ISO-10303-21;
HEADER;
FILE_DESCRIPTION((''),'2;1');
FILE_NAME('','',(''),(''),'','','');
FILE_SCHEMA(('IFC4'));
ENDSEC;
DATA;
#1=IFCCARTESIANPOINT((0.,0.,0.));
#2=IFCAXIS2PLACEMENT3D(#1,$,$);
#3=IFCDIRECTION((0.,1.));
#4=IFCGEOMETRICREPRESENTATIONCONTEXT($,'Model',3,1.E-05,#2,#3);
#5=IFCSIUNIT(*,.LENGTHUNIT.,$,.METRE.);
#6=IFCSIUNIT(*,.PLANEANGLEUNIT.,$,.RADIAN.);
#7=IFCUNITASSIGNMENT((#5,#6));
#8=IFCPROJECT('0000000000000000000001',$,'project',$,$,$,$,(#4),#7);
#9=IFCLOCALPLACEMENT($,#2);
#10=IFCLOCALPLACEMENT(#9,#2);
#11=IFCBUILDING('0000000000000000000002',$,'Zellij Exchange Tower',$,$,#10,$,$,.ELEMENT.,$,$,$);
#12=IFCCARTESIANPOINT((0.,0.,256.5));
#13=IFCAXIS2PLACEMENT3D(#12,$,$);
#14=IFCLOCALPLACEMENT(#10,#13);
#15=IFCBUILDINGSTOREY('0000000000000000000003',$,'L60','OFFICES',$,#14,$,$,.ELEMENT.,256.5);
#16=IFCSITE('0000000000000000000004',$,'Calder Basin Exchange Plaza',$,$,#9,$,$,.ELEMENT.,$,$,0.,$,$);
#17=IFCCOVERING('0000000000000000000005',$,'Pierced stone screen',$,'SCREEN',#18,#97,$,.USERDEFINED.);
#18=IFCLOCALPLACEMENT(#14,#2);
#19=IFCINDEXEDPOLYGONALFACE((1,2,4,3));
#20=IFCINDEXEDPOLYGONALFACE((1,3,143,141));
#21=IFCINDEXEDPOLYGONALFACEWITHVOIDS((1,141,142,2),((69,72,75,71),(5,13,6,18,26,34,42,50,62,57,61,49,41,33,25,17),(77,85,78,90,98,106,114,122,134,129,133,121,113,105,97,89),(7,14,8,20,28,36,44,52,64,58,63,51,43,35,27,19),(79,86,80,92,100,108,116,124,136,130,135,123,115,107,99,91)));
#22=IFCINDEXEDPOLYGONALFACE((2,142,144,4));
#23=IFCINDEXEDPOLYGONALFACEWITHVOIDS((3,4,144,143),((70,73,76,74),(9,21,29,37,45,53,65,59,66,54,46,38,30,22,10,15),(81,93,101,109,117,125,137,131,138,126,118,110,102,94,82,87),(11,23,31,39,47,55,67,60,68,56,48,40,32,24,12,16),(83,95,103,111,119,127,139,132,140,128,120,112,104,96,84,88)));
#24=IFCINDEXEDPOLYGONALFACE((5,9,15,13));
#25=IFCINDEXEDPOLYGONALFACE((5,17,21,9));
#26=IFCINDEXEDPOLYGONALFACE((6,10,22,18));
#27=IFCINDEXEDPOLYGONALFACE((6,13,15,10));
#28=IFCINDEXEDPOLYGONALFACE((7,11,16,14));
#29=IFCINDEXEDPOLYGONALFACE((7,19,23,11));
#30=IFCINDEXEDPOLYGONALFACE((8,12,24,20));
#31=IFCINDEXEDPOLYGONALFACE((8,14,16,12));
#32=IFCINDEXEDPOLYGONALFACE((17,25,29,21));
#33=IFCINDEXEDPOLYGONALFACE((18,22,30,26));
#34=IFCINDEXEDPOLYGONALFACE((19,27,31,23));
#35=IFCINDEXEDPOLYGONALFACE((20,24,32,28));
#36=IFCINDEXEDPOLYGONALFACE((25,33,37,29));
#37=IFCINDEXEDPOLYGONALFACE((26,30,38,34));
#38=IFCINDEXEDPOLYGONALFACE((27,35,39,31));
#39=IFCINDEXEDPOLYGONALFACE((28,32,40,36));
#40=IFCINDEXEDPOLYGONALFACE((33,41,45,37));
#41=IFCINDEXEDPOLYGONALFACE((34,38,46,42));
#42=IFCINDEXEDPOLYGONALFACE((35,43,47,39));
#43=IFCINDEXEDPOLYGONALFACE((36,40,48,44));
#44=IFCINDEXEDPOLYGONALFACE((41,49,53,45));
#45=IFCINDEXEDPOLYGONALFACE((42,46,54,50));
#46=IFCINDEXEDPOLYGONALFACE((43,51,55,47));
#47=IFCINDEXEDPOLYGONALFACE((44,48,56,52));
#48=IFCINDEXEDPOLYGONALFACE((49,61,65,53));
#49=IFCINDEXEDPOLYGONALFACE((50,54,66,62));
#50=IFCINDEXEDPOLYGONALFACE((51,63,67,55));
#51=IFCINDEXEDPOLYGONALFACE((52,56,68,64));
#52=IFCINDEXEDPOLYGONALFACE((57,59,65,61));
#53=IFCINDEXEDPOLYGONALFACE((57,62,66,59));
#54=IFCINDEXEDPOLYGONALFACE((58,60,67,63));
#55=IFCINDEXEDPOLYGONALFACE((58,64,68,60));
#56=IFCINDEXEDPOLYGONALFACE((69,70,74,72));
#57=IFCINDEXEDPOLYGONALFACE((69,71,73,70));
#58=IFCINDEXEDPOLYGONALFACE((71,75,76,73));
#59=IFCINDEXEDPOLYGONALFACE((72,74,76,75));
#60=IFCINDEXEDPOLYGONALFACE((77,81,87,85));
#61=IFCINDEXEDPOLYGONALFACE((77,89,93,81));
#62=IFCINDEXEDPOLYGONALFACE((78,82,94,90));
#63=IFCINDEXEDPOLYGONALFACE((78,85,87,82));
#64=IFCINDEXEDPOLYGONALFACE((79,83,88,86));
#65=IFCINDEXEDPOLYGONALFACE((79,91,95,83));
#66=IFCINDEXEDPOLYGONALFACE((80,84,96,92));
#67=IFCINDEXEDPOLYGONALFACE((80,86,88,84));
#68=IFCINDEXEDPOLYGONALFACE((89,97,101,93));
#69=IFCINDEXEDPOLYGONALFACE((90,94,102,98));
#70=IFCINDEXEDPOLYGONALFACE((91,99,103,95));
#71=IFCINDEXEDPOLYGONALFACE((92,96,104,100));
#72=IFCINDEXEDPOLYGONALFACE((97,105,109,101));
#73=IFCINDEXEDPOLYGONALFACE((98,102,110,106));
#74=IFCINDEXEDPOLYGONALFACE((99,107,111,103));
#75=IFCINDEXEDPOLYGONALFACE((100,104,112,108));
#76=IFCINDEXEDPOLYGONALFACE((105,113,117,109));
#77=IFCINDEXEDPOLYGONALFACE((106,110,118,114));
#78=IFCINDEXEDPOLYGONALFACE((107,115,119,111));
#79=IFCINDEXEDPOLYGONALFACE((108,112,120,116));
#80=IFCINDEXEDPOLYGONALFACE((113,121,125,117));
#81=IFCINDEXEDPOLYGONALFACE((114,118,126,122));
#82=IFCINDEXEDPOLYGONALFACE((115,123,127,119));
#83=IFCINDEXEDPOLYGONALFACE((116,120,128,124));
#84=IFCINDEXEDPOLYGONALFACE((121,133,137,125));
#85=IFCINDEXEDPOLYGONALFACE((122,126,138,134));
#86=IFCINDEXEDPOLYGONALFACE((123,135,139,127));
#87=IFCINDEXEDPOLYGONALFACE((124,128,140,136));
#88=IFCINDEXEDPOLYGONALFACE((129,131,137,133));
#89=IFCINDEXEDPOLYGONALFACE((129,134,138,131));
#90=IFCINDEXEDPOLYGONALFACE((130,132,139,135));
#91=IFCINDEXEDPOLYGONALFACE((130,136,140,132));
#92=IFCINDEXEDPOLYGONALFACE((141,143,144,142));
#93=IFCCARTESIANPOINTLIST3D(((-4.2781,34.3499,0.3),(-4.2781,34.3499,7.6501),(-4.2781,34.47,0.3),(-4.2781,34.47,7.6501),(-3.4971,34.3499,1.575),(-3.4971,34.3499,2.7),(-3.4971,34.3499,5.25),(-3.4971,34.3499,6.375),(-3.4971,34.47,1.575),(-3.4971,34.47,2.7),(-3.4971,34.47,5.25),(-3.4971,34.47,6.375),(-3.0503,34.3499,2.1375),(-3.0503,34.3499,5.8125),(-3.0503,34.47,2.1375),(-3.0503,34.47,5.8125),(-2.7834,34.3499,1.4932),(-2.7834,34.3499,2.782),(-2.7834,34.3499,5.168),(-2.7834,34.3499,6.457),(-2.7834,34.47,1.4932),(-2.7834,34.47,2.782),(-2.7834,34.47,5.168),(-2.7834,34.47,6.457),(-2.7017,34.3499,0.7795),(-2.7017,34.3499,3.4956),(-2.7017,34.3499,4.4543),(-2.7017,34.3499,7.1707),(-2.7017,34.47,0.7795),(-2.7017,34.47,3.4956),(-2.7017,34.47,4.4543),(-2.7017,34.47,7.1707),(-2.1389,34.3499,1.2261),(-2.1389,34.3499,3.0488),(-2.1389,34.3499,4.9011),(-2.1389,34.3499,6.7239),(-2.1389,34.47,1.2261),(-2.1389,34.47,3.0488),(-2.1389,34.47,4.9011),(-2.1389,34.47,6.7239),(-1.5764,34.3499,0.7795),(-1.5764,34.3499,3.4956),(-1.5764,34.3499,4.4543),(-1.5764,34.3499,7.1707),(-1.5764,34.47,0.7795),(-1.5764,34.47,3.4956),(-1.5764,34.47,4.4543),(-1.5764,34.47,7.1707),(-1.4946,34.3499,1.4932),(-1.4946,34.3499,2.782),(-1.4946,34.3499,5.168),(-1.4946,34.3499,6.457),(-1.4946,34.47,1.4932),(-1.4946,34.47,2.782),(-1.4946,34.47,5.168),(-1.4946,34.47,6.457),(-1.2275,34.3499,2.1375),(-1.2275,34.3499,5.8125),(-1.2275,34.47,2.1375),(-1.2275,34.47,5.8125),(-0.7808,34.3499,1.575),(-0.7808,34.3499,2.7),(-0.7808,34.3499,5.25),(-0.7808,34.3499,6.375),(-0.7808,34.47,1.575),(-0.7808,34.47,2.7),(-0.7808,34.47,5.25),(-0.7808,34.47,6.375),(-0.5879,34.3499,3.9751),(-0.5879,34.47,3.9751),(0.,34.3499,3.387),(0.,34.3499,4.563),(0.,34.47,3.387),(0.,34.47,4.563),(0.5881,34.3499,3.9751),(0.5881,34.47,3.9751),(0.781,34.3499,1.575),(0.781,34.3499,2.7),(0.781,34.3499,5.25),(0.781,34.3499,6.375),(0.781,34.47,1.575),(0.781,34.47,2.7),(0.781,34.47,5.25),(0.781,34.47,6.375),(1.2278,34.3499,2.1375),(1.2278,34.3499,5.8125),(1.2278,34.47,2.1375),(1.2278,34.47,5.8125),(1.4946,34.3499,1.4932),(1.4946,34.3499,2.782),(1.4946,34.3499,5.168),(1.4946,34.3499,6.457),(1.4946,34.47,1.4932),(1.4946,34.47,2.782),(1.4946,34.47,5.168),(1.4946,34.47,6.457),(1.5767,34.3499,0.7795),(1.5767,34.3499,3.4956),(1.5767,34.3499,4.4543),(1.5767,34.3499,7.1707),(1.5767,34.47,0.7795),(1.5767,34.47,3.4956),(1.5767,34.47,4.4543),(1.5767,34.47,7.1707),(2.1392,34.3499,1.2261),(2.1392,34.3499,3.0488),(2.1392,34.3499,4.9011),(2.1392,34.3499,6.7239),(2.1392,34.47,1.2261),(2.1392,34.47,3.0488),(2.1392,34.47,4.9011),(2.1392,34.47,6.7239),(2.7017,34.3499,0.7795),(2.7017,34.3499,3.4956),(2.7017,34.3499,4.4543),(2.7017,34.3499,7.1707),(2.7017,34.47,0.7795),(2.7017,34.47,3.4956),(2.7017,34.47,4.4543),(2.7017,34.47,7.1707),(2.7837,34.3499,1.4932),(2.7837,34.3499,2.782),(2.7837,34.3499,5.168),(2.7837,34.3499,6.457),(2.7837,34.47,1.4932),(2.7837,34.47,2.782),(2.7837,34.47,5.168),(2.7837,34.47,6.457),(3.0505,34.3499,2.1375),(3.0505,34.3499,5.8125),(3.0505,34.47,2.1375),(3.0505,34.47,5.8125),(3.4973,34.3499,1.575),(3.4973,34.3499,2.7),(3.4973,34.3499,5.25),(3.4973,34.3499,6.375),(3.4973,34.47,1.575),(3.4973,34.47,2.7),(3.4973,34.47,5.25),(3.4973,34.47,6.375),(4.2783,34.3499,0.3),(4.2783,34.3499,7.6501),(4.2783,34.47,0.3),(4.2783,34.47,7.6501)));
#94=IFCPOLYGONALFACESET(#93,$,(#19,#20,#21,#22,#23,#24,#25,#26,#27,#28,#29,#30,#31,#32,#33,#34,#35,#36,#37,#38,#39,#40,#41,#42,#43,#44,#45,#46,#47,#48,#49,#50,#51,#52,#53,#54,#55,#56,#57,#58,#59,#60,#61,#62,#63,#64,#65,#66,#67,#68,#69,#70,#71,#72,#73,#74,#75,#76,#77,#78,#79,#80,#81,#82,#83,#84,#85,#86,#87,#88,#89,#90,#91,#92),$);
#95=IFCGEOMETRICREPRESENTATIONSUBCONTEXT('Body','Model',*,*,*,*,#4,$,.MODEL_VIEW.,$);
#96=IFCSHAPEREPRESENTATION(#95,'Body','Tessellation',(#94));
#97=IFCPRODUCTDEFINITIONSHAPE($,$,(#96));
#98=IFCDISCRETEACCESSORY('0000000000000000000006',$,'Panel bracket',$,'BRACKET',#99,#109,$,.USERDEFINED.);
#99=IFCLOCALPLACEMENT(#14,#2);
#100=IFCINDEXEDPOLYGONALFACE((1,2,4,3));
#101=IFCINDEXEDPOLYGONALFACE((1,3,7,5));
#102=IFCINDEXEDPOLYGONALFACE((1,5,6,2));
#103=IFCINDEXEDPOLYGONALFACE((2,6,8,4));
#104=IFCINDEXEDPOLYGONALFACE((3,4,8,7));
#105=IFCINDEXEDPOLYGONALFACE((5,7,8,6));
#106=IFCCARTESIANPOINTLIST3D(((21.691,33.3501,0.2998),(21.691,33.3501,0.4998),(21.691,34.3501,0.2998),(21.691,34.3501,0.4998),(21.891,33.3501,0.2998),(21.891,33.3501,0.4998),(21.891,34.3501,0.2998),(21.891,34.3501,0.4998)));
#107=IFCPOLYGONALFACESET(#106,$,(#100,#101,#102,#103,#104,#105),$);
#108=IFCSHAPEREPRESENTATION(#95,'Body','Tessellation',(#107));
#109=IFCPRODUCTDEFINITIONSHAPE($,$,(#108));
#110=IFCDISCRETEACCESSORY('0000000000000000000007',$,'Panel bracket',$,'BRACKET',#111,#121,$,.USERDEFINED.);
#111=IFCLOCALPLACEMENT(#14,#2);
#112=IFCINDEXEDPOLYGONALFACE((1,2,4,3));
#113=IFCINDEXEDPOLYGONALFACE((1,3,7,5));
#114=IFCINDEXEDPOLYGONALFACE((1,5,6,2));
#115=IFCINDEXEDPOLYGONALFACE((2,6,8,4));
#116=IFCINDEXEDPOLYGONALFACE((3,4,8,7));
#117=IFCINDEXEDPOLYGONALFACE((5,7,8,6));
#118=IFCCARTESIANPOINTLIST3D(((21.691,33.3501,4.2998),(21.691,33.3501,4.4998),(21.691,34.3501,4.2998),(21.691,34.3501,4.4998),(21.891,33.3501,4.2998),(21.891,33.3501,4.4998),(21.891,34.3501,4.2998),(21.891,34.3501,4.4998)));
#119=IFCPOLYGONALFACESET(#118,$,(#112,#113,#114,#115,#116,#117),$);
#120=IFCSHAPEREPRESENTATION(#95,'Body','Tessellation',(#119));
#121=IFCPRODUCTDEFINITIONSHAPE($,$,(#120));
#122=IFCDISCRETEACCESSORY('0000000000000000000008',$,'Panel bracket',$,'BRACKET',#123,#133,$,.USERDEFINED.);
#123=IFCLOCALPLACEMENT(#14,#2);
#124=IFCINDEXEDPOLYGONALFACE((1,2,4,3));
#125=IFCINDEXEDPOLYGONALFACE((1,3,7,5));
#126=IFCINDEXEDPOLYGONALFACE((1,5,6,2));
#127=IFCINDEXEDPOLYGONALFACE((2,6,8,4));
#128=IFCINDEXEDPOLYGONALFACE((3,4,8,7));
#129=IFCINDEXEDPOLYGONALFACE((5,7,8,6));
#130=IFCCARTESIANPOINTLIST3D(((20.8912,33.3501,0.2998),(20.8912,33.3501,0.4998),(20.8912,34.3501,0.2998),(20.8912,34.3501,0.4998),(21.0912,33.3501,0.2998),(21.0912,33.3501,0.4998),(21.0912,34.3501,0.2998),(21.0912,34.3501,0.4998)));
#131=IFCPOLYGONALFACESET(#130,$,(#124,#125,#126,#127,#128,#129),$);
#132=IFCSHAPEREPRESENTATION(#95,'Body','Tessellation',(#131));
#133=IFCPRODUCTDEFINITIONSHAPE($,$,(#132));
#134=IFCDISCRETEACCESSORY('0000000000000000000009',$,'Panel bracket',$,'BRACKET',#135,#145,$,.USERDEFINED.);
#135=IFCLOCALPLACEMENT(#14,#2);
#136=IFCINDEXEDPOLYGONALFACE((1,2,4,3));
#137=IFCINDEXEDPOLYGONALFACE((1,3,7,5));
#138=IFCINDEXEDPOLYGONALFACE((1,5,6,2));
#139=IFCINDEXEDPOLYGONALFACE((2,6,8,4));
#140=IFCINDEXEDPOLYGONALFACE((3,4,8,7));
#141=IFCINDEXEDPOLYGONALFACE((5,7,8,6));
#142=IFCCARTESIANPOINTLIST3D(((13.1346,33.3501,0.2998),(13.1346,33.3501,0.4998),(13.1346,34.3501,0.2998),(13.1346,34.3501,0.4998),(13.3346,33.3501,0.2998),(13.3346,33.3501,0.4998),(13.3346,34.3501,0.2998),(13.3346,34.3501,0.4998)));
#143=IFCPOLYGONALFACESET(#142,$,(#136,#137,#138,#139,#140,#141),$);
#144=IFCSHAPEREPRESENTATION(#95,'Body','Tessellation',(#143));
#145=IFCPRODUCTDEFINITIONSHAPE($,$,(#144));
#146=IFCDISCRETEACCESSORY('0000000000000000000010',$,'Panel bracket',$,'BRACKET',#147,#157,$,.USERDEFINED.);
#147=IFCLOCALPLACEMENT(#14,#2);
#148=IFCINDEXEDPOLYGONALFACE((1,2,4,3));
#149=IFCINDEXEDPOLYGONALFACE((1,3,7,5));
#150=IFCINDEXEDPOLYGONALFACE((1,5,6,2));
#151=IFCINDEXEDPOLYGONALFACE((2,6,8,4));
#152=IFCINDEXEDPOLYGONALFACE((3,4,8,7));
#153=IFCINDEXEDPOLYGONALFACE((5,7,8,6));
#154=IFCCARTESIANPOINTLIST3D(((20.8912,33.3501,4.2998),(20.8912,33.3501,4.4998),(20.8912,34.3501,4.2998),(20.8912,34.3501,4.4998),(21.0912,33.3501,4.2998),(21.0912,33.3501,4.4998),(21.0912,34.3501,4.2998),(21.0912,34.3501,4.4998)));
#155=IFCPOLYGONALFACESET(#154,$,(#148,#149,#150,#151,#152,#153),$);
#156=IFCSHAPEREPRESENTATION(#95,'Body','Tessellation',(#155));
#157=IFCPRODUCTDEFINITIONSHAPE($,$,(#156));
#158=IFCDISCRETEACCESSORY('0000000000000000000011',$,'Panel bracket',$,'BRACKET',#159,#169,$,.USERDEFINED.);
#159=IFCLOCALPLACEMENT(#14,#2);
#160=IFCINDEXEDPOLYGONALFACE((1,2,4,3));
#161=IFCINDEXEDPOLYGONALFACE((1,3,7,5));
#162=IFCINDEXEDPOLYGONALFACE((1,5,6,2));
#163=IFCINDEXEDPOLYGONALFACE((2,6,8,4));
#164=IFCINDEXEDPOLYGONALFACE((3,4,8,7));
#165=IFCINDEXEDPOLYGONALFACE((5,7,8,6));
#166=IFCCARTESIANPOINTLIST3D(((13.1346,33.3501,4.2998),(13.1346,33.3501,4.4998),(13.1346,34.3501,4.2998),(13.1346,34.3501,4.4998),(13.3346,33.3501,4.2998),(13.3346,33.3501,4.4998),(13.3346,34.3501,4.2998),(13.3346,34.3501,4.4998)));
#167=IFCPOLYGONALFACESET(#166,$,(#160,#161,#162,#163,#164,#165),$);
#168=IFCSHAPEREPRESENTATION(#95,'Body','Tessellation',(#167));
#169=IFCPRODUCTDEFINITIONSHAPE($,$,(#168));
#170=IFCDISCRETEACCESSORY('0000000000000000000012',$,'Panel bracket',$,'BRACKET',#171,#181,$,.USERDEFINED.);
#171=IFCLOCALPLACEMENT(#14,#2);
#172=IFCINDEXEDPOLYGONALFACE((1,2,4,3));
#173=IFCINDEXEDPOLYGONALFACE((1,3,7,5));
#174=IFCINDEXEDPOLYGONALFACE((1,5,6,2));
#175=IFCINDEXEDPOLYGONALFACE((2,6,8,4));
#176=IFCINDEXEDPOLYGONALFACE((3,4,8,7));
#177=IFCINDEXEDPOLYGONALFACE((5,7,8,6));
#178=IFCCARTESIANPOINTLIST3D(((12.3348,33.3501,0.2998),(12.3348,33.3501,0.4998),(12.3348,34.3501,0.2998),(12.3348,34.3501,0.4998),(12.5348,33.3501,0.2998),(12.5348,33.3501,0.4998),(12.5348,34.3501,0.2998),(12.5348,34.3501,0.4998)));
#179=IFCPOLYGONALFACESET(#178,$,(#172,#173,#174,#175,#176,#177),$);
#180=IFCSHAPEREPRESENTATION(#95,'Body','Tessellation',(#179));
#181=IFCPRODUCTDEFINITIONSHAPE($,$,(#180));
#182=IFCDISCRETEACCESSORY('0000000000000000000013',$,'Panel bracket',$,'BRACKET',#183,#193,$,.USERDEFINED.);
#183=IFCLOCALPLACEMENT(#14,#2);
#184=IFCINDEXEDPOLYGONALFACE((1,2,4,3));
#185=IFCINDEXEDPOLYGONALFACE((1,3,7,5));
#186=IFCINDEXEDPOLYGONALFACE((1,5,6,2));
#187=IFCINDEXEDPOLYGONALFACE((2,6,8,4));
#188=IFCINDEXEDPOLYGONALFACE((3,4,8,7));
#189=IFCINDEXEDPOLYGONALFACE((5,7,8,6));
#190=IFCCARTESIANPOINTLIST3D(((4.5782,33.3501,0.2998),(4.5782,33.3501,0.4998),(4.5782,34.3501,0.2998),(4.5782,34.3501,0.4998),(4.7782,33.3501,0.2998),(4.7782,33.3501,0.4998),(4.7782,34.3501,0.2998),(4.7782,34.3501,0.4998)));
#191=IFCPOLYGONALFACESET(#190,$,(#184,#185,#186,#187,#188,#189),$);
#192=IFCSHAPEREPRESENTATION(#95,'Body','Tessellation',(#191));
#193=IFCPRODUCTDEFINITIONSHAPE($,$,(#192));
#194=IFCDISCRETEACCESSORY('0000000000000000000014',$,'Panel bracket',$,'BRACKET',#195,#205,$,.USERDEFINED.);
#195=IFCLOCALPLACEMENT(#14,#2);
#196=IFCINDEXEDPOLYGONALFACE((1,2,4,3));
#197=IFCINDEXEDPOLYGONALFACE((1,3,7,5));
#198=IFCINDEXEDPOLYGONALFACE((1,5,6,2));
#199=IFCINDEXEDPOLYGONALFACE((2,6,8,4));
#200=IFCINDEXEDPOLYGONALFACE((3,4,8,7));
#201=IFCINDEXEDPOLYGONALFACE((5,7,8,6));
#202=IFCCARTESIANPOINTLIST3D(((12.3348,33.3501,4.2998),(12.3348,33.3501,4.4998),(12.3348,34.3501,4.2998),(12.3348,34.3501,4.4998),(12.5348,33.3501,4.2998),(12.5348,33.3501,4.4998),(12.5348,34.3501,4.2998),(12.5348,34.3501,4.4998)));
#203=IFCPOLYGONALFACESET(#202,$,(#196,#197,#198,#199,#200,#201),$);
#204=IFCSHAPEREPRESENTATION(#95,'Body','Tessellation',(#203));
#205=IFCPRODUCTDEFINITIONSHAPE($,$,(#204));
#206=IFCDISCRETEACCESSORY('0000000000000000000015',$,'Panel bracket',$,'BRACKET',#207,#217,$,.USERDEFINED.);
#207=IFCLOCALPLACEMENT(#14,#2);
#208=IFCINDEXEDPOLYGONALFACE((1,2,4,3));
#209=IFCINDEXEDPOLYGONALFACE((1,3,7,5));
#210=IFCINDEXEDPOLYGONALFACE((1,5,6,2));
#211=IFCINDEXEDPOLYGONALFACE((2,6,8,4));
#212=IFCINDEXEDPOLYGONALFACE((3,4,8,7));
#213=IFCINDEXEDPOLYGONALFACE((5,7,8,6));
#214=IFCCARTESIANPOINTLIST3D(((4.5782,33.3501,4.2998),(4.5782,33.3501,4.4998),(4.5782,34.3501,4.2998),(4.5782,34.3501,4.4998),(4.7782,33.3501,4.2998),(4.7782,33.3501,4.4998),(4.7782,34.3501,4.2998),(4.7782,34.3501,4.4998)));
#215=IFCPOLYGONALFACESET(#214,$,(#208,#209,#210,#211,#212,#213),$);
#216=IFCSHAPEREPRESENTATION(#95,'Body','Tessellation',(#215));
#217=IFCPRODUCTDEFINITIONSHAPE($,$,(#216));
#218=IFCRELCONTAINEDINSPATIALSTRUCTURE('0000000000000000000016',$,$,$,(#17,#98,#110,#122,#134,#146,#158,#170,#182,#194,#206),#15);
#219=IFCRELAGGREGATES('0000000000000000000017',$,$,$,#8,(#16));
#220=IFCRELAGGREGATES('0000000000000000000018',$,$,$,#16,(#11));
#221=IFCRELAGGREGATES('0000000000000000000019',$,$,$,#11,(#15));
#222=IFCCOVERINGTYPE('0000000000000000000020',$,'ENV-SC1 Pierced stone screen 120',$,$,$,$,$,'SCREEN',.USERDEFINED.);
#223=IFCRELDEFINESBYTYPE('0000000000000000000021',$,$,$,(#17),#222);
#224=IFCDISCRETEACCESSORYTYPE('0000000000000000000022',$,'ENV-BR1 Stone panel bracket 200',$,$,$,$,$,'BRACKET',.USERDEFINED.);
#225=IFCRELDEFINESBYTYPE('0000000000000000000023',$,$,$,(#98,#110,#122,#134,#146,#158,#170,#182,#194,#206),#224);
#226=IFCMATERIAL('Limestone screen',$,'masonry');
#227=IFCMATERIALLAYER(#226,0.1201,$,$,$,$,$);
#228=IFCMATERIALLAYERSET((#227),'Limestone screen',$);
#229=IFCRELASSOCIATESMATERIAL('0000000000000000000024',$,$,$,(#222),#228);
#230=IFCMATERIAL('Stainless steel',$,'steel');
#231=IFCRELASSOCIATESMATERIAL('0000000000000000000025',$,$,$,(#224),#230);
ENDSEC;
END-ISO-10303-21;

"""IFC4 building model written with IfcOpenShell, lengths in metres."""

from ifc_helpers import new_model, si_unit, direction, frame, origin, origin_2d, place, context, subcontext, project, spatial, polyline, rectangle, outline, extrude, material, layer, layer_set, type_object, element, save


model = new_model("IFC4")

# Units and contexts
model_context = context("Model", 3, precision=1e-05, world=origin(), true_north=direction((0.0, 1.0)))
body_context = subcontext(model_context, "Body", "Model", "MODEL_VIEW")
ifc_project = project(units=[si_unit("LENGTHUNIT", "METRE"), si_unit("PLANEANGLEUNIT", "RADIAN")], contexts=[model_context])

# Site, building, storey
site_placement = place(None, origin())
site = spatial("IfcSite", under=ifc_project, at=site_placement, Name="Calder Basin Exchange Plaza", CompositionType="ELEMENT", RefElevation=0.0)
building_placement = place(site_placement, origin())
building = spatial("IfcBuilding", under=site, at=building_placement, Name="Zellij Exchange Tower", CompositionType="ELEMENT")
storey_placement = place(building_placement, frame((0.0, 0.0, 256.5)))
storey = spatial("IfcBuildingStorey", under=building, at=storey_placement, Name="L60", Description="OFFICES", CompositionType="ELEMENT", Elevation=256.5)

# Covering
ifc_material_1 = material(Name="Limestone screen", Category="masonry")
ifc_layer_1 = layer(ifc_material_1, 0.1201)
ifc_layer_set_1 = layer_set([ifc_layer_1], Name="Limestone screen")
covering_type = type_object("IfcCoveringType", Name="ENV-SC1 Pierced stone screen 120", ElementType="SCREEN", PredefinedType="USERDEFINED", material=ifc_layer_set_1)
covering_1_placement = place(storey_placement, frame((4.2783, 34.4099, 0.3), z_axis=(0.0, 0.0, 1.0), x_axis=(-1.0, 0.0, 0.0)))
element("IfcCovering", 1, at=covering_1_placement, inside=storey, type_object=covering_type, Name="Pierced stone screen", ObjectType="SCREEN", PredefinedType="USERDEFINED", context=body_context, shape_type="SweptSolid", body=[
    extrude(outline(polyline([(0.0, 0.0), (8.5564, 0.0), (8.5564, 7.3501), (0.0, 7.3501), (0.0, 0.0)]), holes=[polyline([(3.4973, 2.3999), (2.7837, 2.4819), (2.7017, 3.1956), (2.1392, 2.7488), (1.5767, 3.1956), (1.4946, 2.4819), (0.781, 2.3999), (1.2278, 1.8374), (0.781, 1.2749), (1.4946, 1.1931), (1.5767, 0.4795), (2.1392, 0.926), (2.7017, 0.4795), (2.7837, 1.1931), (3.4973, 1.2749), (3.0505, 1.8374), (3.4973, 2.3999)]), polyline([(3.4973, 6.075), (2.7837, 6.157), (2.7017, 6.8706), (2.1392, 6.4238), (1.5767, 6.8706), (1.4946, 6.157), (0.781, 6.075), (1.2278, 5.5125), (0.781, 4.95), (1.4946, 4.8679), (1.5767, 4.1543), (2.1392, 4.6011), (2.7017, 4.1543), (2.7837, 4.8679), (3.4973, 4.95), (3.0505, 5.5125), (3.4973, 6.075)]), polyline([(7.7754, 2.3999), (7.0618, 2.4819), (6.98, 3.1956), (6.4172, 2.7488), (5.8547, 3.1956), (5.7729, 2.4819), (5.0591, 2.3999), (5.5059, 1.8374), (5.0591, 1.2749), (5.7729, 1.1931), (5.8547, 0.4795), (6.4172, 0.926), (6.98, 0.4795), (7.0618, 1.1931), (7.7754, 1.2749), (7.3286, 1.8374), (7.7754, 2.3999)]), polyline([(7.7754, 6.075), (7.0618, 6.157), (6.98, 6.8706), (6.4172, 6.4238), (5.8547, 6.8706), (5.7729, 6.157), (5.0591, 6.075), (5.5059, 5.5125), (5.0591, 4.95), (5.7729, 4.8679), (5.8547, 4.1543), (6.4172, 4.6011), (6.98, 4.1543), (7.0618, 4.8679), (7.7754, 4.95), (7.3286, 5.5125), (7.7754, 6.075)]), polyline([(4.8662, 3.675), (4.2783, 4.2629), (3.6902, 3.675), (4.2783, 3.0869), (4.8662, 3.675)])]), frame((0.0, 0.0601, 0.0), z_axis=(0.0, -1.0, 0.0), x_axis=(1.0, 0.0, 0.0)), (0.0, 0.0, 1.0), 0.1201),
])

# Discrete accessories
ifc_material_2 = material(Name="Stainless steel", Category="steel")
discrete_accessory_type = type_object("IfcDiscreteAccessoryType", Name="ENV-BR1 Stone panel bracket 200", ElementType="BRACKET", PredefinedType="USERDEFINED", material=ifc_material_2)
for number, where, z_axis, x_axis, name in (
    (2, (21.791, 33.8501, 0.2998), (0.0, 0.0, 1.0), (-1.0, 0.0, 0.0), "Panel bracket"),
    (3, (21.791, 33.8501, 4.2998), (0.0, 0.0, 1.0), (-1.0, 0.0, 0.0), "Panel bracket"),
    (4, (20.9912, 33.8501, 0.2998), (0.0, 0.0, 1.0), (-1.0, 0.0, 0.0), "Panel bracket"),
    (5, (13.2346, 33.8501, 0.2998), (0.0, 0.0, 1.0), (-1.0, 0.0, 0.0), "Panel bracket"),
    (6, (20.9912, 33.8501, 4.2998), (0.0, 0.0, 1.0), (-1.0, 0.0, 0.0), "Panel bracket"),
    (7, (13.2346, 33.8501, 4.2998), (0.0, 0.0, 1.0), (-1.0, 0.0, 0.0), "Panel bracket"),
    (8, (12.4348, 33.8501, 0.2998), (0.0, 0.0, 1.0), (-1.0, 0.0, 0.0), "Panel bracket"),
    (9, (4.6782, 33.8501, 0.2998), (0.0, 0.0, 1.0), (-1.0, 0.0, 0.0), "Panel bracket"),
    (10, (12.4348, 33.8501, 4.2998), (0.0, 0.0, 1.0), (-1.0, 0.0, 0.0), "Panel bracket"),
    (11, (4.6782, 33.8501, 4.2998), (0.0, 0.0, 1.0), (-1.0, 0.0, 0.0), "Panel bracket"),
):
    element("IfcDiscreteAccessory", number, at=place(storey_placement, frame(where, z_axis=z_axis, x_axis=x_axis)), inside=storey, type_object=discrete_accessory_type, Name=name, ObjectType="BRACKET", PredefinedType="USERDEFINED", context=body_context, shape_type="SweptSolid", body=[
        extrude(rectangle(XDim=0.2, YDim=1.0, at=origin_2d()), origin(), (0.0, 0.0, 1.0), 0.2),
    ])

save(model, "model.ifc")
